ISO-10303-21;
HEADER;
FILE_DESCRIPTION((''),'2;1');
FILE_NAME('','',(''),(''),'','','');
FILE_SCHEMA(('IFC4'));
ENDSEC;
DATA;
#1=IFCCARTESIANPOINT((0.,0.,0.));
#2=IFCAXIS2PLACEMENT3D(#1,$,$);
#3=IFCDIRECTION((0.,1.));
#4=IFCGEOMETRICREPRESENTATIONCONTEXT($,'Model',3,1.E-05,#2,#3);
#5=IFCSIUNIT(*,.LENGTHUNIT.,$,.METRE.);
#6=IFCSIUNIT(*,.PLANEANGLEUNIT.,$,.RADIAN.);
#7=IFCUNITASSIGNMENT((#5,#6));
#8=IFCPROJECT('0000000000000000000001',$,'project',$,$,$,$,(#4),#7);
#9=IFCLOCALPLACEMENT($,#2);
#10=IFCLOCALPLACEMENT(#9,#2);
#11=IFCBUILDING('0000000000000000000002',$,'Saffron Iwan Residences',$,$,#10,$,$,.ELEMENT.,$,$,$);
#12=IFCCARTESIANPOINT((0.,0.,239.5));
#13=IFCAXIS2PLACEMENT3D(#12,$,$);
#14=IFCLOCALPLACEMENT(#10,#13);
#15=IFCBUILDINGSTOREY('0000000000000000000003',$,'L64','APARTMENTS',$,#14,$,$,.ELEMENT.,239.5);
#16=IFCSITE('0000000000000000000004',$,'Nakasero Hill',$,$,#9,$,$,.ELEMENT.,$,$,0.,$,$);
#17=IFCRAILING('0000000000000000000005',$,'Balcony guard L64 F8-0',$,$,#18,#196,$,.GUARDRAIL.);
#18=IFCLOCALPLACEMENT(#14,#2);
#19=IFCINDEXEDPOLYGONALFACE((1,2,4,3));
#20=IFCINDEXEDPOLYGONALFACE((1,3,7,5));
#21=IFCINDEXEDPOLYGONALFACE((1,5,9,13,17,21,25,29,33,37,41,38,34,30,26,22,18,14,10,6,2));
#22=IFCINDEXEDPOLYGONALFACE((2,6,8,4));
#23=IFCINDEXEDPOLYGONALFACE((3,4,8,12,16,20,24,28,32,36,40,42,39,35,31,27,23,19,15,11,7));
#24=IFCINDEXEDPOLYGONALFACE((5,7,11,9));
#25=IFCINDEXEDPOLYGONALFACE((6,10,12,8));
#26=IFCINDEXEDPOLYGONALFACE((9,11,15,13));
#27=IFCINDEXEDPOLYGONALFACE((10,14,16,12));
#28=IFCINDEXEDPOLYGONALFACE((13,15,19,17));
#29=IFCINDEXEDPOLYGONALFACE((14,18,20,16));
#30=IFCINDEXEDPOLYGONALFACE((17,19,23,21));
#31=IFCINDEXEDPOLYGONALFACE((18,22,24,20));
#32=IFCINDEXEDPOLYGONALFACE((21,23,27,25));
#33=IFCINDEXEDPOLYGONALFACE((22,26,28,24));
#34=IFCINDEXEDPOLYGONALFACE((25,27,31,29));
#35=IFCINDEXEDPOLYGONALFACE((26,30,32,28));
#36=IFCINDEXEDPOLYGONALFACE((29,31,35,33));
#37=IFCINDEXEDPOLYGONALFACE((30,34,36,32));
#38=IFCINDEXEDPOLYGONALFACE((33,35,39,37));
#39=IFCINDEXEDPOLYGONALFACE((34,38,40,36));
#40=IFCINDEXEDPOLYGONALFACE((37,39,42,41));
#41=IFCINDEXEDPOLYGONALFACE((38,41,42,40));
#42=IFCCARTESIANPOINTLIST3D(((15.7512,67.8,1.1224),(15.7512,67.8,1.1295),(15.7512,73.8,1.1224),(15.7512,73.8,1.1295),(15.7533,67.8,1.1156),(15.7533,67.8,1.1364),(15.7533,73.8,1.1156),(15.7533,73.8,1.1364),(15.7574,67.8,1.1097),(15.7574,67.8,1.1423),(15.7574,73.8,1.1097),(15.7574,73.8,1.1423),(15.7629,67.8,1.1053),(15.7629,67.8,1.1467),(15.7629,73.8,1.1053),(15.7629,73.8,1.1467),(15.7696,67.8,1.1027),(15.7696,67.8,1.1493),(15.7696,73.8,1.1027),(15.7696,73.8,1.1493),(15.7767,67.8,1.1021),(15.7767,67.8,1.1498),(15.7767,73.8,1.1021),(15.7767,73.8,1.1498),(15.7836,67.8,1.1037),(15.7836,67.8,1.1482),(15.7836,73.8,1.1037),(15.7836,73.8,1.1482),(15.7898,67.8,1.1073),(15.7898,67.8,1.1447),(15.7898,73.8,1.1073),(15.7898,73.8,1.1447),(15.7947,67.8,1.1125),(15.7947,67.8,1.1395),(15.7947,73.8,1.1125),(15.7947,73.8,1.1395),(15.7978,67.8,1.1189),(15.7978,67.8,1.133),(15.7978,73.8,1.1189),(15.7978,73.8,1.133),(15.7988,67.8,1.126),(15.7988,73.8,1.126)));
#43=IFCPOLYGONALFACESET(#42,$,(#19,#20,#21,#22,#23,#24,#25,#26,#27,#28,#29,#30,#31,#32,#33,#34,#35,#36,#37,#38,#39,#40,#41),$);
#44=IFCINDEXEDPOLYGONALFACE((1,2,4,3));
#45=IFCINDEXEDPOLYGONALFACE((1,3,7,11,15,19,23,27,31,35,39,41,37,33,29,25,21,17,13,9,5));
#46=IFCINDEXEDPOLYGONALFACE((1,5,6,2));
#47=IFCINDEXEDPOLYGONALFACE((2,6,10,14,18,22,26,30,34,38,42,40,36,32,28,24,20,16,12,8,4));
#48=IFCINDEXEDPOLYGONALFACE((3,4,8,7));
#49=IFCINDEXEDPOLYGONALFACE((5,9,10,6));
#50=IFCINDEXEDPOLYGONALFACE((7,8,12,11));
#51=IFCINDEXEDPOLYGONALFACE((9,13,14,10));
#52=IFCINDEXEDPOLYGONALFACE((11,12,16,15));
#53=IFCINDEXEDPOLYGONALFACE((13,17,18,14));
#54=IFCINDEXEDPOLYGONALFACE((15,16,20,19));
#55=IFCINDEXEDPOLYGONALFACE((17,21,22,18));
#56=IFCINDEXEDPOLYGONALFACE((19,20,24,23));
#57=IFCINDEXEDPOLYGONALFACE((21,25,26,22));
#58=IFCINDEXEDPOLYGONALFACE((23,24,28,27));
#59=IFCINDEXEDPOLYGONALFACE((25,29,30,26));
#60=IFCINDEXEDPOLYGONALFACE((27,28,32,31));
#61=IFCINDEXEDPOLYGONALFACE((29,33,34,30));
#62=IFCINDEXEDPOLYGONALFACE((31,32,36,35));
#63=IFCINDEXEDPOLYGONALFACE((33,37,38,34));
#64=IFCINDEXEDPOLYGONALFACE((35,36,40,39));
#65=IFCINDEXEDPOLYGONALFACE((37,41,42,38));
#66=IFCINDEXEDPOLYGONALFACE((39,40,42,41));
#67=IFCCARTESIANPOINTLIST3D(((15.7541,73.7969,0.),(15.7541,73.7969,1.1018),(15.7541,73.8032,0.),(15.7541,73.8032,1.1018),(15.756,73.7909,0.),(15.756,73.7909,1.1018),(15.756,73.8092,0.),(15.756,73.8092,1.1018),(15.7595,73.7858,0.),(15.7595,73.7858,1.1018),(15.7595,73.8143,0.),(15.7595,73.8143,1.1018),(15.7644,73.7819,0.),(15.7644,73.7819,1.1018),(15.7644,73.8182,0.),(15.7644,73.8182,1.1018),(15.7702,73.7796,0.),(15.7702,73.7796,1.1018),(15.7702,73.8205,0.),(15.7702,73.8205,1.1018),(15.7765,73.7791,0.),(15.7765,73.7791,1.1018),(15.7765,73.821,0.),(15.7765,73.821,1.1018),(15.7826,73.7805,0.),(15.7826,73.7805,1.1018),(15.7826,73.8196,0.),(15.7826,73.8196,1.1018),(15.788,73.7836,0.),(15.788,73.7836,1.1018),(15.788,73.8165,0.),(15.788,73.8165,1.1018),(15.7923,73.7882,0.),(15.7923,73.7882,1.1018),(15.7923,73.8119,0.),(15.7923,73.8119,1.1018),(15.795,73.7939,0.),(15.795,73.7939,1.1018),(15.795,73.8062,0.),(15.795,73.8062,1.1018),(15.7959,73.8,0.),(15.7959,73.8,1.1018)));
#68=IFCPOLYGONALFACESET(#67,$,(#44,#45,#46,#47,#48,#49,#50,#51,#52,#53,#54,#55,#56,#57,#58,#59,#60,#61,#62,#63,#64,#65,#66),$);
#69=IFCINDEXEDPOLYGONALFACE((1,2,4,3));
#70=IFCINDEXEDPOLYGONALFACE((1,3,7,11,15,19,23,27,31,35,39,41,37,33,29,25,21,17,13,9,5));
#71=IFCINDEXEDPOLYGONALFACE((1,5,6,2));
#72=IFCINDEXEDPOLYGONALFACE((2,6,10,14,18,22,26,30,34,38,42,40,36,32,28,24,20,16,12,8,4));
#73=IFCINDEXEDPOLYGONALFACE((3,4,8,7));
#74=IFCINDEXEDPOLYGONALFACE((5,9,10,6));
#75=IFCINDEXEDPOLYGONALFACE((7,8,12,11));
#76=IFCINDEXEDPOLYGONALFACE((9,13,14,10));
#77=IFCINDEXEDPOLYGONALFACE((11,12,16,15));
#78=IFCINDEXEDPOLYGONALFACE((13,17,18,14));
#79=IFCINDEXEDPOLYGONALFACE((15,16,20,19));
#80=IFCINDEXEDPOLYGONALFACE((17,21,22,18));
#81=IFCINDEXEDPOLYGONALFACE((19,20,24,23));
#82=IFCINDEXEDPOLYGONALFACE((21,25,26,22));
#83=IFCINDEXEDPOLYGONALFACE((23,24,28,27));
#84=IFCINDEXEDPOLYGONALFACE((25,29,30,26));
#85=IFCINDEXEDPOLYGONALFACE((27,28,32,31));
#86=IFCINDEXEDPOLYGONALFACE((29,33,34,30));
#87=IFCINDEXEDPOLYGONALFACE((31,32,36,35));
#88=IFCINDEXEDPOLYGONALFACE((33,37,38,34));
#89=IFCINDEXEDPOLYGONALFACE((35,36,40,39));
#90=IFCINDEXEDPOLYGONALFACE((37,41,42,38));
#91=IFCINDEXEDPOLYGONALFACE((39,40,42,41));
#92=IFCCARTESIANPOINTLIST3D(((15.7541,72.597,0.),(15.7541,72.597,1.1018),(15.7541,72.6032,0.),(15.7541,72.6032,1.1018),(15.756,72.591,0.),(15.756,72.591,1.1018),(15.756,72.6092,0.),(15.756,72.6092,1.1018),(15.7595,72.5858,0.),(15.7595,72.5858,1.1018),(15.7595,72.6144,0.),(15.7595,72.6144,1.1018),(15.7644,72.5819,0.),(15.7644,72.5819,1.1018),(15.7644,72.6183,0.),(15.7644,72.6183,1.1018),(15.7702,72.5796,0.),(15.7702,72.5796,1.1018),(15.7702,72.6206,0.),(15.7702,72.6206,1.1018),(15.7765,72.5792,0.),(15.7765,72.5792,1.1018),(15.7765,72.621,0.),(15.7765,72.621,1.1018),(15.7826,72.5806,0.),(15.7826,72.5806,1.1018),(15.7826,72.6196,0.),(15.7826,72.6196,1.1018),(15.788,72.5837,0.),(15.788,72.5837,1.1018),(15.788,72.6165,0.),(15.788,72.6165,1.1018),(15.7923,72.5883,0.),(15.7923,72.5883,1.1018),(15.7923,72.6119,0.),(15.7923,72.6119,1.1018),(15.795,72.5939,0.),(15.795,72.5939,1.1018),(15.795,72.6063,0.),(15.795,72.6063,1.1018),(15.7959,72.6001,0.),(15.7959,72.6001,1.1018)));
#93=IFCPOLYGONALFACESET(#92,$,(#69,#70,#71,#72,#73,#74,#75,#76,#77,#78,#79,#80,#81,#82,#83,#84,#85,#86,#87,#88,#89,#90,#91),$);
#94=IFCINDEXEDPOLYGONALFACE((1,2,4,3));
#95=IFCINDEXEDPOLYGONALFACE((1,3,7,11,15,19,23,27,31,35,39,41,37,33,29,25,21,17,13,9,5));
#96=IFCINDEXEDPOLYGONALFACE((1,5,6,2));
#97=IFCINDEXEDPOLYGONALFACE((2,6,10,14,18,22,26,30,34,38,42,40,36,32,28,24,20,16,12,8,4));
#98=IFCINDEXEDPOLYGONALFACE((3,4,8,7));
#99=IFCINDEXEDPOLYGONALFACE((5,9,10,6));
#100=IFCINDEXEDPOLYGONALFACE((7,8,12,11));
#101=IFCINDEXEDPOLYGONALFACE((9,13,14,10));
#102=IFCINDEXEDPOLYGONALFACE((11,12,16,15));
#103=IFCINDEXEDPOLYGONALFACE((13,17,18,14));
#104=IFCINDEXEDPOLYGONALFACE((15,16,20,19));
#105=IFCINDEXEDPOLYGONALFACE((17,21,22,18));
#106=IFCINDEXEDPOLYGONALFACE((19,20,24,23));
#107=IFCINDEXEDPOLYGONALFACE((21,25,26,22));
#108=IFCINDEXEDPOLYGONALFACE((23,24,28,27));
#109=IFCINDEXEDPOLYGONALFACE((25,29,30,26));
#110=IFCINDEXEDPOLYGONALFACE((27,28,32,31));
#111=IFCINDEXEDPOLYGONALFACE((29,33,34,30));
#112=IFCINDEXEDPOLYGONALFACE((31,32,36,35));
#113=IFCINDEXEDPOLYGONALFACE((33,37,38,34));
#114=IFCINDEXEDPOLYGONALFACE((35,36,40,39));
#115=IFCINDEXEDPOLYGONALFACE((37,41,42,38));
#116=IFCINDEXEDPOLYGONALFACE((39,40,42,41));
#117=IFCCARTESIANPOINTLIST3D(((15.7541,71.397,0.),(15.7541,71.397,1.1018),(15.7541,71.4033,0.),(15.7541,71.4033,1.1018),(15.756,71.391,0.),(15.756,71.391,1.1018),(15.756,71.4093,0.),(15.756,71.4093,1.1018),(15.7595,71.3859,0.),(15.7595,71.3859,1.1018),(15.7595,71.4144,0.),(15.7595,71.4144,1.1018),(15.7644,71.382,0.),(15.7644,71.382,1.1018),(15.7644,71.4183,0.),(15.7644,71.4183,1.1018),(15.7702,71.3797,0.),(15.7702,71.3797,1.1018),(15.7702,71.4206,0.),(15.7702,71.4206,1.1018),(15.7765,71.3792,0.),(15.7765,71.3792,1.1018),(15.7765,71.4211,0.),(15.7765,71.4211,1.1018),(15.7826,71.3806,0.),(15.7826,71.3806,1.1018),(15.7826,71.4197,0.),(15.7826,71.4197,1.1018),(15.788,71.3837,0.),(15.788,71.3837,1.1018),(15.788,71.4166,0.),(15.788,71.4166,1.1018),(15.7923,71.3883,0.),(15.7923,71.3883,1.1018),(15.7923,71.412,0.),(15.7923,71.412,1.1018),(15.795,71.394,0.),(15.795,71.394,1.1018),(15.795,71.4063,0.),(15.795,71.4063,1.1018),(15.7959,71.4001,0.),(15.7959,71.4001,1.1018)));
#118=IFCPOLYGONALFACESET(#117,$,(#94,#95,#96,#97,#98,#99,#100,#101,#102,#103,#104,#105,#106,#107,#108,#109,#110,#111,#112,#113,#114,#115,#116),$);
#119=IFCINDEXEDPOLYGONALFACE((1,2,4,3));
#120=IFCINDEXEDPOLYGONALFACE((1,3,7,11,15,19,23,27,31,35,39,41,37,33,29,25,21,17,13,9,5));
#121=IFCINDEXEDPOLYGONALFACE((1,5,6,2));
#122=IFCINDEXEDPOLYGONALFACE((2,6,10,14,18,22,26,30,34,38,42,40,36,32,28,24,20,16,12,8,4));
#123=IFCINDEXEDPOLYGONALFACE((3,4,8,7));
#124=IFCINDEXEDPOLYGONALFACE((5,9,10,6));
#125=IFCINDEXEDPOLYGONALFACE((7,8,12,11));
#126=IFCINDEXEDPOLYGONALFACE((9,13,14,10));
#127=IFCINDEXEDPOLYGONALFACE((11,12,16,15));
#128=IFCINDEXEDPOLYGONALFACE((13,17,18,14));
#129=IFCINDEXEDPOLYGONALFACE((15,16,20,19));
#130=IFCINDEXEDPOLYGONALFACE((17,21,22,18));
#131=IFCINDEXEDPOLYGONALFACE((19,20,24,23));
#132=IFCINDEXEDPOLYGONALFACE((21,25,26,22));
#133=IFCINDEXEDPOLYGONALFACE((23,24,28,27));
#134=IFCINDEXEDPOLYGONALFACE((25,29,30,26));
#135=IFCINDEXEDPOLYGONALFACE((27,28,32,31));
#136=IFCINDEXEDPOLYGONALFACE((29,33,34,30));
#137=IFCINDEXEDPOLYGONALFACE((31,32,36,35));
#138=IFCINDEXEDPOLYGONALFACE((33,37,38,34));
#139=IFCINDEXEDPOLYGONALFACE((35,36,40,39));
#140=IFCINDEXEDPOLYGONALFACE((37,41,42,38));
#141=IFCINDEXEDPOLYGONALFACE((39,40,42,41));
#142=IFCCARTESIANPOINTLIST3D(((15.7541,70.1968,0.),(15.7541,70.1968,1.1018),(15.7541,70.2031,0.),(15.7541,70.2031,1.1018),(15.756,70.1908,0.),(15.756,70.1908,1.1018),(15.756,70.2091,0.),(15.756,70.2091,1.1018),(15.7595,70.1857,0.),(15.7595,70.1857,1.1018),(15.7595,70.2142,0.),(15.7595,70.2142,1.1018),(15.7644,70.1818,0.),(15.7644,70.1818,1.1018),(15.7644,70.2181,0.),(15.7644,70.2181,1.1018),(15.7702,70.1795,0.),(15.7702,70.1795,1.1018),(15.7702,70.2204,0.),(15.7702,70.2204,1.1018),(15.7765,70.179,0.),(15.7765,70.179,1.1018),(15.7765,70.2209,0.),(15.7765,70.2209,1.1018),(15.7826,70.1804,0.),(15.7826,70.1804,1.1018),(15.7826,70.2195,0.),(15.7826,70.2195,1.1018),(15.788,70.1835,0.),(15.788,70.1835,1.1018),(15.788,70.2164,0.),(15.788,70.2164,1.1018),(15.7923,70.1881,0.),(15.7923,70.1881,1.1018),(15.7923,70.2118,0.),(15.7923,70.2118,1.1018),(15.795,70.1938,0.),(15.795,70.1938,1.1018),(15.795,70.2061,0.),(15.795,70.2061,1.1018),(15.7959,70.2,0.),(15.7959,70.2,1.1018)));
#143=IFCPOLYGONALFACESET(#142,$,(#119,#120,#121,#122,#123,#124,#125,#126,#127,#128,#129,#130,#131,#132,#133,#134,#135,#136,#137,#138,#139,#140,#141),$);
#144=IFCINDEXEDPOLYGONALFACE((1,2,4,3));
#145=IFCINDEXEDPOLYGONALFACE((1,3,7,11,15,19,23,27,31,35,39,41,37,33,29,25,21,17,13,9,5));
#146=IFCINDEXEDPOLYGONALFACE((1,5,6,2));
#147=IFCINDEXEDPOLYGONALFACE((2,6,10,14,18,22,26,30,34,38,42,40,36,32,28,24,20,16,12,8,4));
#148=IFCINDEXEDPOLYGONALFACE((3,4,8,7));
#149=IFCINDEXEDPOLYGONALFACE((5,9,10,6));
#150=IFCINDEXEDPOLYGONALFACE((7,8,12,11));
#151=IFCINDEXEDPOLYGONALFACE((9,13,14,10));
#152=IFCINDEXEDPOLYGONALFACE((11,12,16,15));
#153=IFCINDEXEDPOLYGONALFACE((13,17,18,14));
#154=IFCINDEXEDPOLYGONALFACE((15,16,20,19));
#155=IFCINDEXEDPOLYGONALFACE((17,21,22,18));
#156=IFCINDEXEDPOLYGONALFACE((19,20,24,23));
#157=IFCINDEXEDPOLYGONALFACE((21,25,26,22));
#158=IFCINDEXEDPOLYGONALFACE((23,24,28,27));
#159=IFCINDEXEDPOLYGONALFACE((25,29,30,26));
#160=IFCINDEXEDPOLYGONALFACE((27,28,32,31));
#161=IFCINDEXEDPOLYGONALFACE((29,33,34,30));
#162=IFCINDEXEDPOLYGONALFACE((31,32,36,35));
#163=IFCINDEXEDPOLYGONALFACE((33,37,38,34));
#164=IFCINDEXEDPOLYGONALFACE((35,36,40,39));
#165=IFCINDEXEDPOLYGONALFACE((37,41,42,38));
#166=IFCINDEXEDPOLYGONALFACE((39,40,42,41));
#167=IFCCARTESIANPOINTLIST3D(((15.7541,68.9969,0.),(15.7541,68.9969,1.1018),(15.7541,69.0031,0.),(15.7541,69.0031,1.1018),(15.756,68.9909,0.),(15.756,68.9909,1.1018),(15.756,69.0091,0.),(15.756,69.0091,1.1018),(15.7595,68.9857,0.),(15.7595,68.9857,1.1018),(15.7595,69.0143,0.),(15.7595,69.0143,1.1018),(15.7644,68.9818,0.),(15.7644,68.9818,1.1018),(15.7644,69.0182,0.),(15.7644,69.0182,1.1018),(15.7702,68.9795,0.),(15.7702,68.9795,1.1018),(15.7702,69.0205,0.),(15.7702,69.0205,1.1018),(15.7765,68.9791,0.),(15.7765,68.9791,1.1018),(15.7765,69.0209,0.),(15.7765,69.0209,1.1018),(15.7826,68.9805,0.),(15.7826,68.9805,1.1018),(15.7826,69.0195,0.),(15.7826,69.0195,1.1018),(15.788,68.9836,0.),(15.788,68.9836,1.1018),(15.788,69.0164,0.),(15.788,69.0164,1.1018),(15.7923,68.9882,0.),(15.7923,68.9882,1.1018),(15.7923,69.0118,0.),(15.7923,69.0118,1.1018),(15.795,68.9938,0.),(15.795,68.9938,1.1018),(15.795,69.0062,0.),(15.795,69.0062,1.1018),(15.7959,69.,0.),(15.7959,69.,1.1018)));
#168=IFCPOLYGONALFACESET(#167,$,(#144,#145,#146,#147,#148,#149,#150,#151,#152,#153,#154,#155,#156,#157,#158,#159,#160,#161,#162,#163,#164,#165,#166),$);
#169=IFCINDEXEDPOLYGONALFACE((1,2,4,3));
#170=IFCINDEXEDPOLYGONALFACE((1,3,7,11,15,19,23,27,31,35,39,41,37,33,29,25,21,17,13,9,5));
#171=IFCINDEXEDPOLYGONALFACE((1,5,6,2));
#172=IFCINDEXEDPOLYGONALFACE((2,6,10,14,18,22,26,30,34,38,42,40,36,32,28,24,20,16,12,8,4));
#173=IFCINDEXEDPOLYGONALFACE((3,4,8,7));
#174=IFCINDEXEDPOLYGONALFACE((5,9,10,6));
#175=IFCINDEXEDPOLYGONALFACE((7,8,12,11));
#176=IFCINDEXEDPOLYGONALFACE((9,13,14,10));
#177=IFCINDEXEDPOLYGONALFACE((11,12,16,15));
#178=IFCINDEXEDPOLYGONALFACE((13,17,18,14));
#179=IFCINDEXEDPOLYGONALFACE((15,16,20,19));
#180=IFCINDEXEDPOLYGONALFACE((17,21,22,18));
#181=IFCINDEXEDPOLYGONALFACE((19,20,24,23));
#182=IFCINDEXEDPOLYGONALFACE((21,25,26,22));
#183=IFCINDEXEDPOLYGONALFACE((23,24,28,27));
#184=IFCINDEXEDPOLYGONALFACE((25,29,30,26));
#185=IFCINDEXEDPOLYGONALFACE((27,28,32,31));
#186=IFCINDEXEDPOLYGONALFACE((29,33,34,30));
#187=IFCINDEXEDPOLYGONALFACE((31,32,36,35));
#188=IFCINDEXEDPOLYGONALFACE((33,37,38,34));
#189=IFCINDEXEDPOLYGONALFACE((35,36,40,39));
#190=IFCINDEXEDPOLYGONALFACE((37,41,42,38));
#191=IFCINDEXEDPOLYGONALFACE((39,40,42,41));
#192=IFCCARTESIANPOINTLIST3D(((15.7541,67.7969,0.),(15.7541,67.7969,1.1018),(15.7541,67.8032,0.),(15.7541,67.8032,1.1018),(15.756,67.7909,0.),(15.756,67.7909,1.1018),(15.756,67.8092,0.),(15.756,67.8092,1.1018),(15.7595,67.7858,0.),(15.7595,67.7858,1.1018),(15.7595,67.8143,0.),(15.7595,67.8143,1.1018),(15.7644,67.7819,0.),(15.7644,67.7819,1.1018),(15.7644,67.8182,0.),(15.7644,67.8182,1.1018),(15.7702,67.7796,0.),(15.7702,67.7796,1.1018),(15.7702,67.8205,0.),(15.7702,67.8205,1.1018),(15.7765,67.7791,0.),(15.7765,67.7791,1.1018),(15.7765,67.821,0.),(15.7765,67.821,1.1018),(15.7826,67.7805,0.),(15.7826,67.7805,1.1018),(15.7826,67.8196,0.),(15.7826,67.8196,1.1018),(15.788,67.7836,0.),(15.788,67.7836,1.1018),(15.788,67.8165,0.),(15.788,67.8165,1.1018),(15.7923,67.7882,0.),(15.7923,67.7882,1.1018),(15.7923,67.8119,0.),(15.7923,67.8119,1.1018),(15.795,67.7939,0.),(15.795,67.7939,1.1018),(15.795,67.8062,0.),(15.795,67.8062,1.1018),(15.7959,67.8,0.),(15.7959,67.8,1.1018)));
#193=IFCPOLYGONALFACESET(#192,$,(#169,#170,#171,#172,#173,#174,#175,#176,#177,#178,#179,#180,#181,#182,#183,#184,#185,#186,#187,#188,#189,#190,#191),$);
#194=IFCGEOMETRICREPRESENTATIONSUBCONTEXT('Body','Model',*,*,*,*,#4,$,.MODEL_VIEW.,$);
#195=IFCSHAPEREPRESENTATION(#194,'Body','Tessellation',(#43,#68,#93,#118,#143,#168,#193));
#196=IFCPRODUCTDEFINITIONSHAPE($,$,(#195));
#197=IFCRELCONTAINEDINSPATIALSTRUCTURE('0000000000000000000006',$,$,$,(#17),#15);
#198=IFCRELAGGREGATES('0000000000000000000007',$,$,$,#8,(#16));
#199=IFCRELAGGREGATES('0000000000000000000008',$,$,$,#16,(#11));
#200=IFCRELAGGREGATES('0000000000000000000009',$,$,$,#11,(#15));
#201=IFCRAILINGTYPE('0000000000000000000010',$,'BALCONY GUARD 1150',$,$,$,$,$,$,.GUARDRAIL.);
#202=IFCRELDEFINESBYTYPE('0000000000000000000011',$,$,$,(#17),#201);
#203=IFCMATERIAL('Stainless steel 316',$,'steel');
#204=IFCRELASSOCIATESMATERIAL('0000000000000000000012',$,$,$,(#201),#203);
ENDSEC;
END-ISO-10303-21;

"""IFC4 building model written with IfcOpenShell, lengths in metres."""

from ifc_helpers import new_model, si_unit, direction, frame, origin, origin_2d, place, context, subcontext, project, spatial, circle, extrude, material, type_object, element, save


model = new_model("IFC4")

# Units and contexts
model_context = context("Model", 3, precision=1e-05, world=origin(), true_north=direction((0.0, 1.0)))
body_context = subcontext(model_context, "Body", "Model", "MODEL_VIEW")
ifc_project = project(units=[si_unit("LENGTHUNIT", "METRE"), si_unit("PLANEANGLEUNIT", "RADIAN")], contexts=[model_context])

# Site, building, storey
site_placement = place(None, origin())
site = spatial("IfcSite", under=ifc_project, at=site_placement, Name="Nakasero Hill", CompositionType="ELEMENT", RefElevation=0.0)
building_placement = place(site_placement, origin())
building = spatial("IfcBuilding", under=site, at=building_placement, Name="Saffron Iwan Residences", CompositionType="ELEMENT")
storey_placement = place(building_placement, frame((0.0, 0.0, 239.5)))
storey = spatial("IfcBuildingStorey", under=building, at=storey_placement, Name="L64", Description="APARTMENTS", CompositionType="ELEMENT", Elevation=239.5)

# Railing
ifc_material_1 = material(Name="Stainless steel 316", Category="steel")
railing_type = type_object("IfcRailingType", Name="BALCONY GUARD 1150", PredefinedType="GUARDRAIL", material=ifc_material_1)
railing_placement = place(storey_placement, frame((15.7749, 73.8, 0.0)))
element("IfcRailing", 1, at=railing_placement, inside=storey, type_object=railing_type, Name="Balcony guard L64 F8-0", PredefinedType="GUARDRAIL", context=body_context, shape_type="SweptSolid", body=[
    extrude(circle(Radius=0.0239, at=origin_2d()), frame((0.0, 0.0, 1.126), z_axis=(0.0, -1.0, 0.0), x_axis=(1.0, 0.0, 0.0)), (0.0, 0.0, 1.0), 6.0),
    extrude(circle(Radius=0.021, at=origin_2d()), origin(), (0.0, 0.0, 1.0), 1.1018),
    extrude(circle(Radius=0.021, at=origin_2d()), frame((0.0, -1.2, 0.0)), (0.0, 0.0, 1.0), 1.1018),
    extrude(circle(Radius=0.021, at=origin_2d()), frame((0.0, -2.3999, 0.0)), (0.0, 0.0, 1.0), 1.1018),
    extrude(circle(Radius=0.021, at=origin_2d()), frame((0.0, -3.6001, 0.0)), (0.0, 0.0, 1.0), 1.1018),
    extrude(circle(Radius=0.021, at=origin_2d()), frame((0.0, -4.8, 0.0)), (0.0, 0.0, 1.0), 1.1018),
    extrude(circle(Radius=0.021, at=origin_2d()), frame((0.0, -6.0, 0.0)), (0.0, 0.0, 1.0), 1.1018),
])

save(model, "model.ifc")
